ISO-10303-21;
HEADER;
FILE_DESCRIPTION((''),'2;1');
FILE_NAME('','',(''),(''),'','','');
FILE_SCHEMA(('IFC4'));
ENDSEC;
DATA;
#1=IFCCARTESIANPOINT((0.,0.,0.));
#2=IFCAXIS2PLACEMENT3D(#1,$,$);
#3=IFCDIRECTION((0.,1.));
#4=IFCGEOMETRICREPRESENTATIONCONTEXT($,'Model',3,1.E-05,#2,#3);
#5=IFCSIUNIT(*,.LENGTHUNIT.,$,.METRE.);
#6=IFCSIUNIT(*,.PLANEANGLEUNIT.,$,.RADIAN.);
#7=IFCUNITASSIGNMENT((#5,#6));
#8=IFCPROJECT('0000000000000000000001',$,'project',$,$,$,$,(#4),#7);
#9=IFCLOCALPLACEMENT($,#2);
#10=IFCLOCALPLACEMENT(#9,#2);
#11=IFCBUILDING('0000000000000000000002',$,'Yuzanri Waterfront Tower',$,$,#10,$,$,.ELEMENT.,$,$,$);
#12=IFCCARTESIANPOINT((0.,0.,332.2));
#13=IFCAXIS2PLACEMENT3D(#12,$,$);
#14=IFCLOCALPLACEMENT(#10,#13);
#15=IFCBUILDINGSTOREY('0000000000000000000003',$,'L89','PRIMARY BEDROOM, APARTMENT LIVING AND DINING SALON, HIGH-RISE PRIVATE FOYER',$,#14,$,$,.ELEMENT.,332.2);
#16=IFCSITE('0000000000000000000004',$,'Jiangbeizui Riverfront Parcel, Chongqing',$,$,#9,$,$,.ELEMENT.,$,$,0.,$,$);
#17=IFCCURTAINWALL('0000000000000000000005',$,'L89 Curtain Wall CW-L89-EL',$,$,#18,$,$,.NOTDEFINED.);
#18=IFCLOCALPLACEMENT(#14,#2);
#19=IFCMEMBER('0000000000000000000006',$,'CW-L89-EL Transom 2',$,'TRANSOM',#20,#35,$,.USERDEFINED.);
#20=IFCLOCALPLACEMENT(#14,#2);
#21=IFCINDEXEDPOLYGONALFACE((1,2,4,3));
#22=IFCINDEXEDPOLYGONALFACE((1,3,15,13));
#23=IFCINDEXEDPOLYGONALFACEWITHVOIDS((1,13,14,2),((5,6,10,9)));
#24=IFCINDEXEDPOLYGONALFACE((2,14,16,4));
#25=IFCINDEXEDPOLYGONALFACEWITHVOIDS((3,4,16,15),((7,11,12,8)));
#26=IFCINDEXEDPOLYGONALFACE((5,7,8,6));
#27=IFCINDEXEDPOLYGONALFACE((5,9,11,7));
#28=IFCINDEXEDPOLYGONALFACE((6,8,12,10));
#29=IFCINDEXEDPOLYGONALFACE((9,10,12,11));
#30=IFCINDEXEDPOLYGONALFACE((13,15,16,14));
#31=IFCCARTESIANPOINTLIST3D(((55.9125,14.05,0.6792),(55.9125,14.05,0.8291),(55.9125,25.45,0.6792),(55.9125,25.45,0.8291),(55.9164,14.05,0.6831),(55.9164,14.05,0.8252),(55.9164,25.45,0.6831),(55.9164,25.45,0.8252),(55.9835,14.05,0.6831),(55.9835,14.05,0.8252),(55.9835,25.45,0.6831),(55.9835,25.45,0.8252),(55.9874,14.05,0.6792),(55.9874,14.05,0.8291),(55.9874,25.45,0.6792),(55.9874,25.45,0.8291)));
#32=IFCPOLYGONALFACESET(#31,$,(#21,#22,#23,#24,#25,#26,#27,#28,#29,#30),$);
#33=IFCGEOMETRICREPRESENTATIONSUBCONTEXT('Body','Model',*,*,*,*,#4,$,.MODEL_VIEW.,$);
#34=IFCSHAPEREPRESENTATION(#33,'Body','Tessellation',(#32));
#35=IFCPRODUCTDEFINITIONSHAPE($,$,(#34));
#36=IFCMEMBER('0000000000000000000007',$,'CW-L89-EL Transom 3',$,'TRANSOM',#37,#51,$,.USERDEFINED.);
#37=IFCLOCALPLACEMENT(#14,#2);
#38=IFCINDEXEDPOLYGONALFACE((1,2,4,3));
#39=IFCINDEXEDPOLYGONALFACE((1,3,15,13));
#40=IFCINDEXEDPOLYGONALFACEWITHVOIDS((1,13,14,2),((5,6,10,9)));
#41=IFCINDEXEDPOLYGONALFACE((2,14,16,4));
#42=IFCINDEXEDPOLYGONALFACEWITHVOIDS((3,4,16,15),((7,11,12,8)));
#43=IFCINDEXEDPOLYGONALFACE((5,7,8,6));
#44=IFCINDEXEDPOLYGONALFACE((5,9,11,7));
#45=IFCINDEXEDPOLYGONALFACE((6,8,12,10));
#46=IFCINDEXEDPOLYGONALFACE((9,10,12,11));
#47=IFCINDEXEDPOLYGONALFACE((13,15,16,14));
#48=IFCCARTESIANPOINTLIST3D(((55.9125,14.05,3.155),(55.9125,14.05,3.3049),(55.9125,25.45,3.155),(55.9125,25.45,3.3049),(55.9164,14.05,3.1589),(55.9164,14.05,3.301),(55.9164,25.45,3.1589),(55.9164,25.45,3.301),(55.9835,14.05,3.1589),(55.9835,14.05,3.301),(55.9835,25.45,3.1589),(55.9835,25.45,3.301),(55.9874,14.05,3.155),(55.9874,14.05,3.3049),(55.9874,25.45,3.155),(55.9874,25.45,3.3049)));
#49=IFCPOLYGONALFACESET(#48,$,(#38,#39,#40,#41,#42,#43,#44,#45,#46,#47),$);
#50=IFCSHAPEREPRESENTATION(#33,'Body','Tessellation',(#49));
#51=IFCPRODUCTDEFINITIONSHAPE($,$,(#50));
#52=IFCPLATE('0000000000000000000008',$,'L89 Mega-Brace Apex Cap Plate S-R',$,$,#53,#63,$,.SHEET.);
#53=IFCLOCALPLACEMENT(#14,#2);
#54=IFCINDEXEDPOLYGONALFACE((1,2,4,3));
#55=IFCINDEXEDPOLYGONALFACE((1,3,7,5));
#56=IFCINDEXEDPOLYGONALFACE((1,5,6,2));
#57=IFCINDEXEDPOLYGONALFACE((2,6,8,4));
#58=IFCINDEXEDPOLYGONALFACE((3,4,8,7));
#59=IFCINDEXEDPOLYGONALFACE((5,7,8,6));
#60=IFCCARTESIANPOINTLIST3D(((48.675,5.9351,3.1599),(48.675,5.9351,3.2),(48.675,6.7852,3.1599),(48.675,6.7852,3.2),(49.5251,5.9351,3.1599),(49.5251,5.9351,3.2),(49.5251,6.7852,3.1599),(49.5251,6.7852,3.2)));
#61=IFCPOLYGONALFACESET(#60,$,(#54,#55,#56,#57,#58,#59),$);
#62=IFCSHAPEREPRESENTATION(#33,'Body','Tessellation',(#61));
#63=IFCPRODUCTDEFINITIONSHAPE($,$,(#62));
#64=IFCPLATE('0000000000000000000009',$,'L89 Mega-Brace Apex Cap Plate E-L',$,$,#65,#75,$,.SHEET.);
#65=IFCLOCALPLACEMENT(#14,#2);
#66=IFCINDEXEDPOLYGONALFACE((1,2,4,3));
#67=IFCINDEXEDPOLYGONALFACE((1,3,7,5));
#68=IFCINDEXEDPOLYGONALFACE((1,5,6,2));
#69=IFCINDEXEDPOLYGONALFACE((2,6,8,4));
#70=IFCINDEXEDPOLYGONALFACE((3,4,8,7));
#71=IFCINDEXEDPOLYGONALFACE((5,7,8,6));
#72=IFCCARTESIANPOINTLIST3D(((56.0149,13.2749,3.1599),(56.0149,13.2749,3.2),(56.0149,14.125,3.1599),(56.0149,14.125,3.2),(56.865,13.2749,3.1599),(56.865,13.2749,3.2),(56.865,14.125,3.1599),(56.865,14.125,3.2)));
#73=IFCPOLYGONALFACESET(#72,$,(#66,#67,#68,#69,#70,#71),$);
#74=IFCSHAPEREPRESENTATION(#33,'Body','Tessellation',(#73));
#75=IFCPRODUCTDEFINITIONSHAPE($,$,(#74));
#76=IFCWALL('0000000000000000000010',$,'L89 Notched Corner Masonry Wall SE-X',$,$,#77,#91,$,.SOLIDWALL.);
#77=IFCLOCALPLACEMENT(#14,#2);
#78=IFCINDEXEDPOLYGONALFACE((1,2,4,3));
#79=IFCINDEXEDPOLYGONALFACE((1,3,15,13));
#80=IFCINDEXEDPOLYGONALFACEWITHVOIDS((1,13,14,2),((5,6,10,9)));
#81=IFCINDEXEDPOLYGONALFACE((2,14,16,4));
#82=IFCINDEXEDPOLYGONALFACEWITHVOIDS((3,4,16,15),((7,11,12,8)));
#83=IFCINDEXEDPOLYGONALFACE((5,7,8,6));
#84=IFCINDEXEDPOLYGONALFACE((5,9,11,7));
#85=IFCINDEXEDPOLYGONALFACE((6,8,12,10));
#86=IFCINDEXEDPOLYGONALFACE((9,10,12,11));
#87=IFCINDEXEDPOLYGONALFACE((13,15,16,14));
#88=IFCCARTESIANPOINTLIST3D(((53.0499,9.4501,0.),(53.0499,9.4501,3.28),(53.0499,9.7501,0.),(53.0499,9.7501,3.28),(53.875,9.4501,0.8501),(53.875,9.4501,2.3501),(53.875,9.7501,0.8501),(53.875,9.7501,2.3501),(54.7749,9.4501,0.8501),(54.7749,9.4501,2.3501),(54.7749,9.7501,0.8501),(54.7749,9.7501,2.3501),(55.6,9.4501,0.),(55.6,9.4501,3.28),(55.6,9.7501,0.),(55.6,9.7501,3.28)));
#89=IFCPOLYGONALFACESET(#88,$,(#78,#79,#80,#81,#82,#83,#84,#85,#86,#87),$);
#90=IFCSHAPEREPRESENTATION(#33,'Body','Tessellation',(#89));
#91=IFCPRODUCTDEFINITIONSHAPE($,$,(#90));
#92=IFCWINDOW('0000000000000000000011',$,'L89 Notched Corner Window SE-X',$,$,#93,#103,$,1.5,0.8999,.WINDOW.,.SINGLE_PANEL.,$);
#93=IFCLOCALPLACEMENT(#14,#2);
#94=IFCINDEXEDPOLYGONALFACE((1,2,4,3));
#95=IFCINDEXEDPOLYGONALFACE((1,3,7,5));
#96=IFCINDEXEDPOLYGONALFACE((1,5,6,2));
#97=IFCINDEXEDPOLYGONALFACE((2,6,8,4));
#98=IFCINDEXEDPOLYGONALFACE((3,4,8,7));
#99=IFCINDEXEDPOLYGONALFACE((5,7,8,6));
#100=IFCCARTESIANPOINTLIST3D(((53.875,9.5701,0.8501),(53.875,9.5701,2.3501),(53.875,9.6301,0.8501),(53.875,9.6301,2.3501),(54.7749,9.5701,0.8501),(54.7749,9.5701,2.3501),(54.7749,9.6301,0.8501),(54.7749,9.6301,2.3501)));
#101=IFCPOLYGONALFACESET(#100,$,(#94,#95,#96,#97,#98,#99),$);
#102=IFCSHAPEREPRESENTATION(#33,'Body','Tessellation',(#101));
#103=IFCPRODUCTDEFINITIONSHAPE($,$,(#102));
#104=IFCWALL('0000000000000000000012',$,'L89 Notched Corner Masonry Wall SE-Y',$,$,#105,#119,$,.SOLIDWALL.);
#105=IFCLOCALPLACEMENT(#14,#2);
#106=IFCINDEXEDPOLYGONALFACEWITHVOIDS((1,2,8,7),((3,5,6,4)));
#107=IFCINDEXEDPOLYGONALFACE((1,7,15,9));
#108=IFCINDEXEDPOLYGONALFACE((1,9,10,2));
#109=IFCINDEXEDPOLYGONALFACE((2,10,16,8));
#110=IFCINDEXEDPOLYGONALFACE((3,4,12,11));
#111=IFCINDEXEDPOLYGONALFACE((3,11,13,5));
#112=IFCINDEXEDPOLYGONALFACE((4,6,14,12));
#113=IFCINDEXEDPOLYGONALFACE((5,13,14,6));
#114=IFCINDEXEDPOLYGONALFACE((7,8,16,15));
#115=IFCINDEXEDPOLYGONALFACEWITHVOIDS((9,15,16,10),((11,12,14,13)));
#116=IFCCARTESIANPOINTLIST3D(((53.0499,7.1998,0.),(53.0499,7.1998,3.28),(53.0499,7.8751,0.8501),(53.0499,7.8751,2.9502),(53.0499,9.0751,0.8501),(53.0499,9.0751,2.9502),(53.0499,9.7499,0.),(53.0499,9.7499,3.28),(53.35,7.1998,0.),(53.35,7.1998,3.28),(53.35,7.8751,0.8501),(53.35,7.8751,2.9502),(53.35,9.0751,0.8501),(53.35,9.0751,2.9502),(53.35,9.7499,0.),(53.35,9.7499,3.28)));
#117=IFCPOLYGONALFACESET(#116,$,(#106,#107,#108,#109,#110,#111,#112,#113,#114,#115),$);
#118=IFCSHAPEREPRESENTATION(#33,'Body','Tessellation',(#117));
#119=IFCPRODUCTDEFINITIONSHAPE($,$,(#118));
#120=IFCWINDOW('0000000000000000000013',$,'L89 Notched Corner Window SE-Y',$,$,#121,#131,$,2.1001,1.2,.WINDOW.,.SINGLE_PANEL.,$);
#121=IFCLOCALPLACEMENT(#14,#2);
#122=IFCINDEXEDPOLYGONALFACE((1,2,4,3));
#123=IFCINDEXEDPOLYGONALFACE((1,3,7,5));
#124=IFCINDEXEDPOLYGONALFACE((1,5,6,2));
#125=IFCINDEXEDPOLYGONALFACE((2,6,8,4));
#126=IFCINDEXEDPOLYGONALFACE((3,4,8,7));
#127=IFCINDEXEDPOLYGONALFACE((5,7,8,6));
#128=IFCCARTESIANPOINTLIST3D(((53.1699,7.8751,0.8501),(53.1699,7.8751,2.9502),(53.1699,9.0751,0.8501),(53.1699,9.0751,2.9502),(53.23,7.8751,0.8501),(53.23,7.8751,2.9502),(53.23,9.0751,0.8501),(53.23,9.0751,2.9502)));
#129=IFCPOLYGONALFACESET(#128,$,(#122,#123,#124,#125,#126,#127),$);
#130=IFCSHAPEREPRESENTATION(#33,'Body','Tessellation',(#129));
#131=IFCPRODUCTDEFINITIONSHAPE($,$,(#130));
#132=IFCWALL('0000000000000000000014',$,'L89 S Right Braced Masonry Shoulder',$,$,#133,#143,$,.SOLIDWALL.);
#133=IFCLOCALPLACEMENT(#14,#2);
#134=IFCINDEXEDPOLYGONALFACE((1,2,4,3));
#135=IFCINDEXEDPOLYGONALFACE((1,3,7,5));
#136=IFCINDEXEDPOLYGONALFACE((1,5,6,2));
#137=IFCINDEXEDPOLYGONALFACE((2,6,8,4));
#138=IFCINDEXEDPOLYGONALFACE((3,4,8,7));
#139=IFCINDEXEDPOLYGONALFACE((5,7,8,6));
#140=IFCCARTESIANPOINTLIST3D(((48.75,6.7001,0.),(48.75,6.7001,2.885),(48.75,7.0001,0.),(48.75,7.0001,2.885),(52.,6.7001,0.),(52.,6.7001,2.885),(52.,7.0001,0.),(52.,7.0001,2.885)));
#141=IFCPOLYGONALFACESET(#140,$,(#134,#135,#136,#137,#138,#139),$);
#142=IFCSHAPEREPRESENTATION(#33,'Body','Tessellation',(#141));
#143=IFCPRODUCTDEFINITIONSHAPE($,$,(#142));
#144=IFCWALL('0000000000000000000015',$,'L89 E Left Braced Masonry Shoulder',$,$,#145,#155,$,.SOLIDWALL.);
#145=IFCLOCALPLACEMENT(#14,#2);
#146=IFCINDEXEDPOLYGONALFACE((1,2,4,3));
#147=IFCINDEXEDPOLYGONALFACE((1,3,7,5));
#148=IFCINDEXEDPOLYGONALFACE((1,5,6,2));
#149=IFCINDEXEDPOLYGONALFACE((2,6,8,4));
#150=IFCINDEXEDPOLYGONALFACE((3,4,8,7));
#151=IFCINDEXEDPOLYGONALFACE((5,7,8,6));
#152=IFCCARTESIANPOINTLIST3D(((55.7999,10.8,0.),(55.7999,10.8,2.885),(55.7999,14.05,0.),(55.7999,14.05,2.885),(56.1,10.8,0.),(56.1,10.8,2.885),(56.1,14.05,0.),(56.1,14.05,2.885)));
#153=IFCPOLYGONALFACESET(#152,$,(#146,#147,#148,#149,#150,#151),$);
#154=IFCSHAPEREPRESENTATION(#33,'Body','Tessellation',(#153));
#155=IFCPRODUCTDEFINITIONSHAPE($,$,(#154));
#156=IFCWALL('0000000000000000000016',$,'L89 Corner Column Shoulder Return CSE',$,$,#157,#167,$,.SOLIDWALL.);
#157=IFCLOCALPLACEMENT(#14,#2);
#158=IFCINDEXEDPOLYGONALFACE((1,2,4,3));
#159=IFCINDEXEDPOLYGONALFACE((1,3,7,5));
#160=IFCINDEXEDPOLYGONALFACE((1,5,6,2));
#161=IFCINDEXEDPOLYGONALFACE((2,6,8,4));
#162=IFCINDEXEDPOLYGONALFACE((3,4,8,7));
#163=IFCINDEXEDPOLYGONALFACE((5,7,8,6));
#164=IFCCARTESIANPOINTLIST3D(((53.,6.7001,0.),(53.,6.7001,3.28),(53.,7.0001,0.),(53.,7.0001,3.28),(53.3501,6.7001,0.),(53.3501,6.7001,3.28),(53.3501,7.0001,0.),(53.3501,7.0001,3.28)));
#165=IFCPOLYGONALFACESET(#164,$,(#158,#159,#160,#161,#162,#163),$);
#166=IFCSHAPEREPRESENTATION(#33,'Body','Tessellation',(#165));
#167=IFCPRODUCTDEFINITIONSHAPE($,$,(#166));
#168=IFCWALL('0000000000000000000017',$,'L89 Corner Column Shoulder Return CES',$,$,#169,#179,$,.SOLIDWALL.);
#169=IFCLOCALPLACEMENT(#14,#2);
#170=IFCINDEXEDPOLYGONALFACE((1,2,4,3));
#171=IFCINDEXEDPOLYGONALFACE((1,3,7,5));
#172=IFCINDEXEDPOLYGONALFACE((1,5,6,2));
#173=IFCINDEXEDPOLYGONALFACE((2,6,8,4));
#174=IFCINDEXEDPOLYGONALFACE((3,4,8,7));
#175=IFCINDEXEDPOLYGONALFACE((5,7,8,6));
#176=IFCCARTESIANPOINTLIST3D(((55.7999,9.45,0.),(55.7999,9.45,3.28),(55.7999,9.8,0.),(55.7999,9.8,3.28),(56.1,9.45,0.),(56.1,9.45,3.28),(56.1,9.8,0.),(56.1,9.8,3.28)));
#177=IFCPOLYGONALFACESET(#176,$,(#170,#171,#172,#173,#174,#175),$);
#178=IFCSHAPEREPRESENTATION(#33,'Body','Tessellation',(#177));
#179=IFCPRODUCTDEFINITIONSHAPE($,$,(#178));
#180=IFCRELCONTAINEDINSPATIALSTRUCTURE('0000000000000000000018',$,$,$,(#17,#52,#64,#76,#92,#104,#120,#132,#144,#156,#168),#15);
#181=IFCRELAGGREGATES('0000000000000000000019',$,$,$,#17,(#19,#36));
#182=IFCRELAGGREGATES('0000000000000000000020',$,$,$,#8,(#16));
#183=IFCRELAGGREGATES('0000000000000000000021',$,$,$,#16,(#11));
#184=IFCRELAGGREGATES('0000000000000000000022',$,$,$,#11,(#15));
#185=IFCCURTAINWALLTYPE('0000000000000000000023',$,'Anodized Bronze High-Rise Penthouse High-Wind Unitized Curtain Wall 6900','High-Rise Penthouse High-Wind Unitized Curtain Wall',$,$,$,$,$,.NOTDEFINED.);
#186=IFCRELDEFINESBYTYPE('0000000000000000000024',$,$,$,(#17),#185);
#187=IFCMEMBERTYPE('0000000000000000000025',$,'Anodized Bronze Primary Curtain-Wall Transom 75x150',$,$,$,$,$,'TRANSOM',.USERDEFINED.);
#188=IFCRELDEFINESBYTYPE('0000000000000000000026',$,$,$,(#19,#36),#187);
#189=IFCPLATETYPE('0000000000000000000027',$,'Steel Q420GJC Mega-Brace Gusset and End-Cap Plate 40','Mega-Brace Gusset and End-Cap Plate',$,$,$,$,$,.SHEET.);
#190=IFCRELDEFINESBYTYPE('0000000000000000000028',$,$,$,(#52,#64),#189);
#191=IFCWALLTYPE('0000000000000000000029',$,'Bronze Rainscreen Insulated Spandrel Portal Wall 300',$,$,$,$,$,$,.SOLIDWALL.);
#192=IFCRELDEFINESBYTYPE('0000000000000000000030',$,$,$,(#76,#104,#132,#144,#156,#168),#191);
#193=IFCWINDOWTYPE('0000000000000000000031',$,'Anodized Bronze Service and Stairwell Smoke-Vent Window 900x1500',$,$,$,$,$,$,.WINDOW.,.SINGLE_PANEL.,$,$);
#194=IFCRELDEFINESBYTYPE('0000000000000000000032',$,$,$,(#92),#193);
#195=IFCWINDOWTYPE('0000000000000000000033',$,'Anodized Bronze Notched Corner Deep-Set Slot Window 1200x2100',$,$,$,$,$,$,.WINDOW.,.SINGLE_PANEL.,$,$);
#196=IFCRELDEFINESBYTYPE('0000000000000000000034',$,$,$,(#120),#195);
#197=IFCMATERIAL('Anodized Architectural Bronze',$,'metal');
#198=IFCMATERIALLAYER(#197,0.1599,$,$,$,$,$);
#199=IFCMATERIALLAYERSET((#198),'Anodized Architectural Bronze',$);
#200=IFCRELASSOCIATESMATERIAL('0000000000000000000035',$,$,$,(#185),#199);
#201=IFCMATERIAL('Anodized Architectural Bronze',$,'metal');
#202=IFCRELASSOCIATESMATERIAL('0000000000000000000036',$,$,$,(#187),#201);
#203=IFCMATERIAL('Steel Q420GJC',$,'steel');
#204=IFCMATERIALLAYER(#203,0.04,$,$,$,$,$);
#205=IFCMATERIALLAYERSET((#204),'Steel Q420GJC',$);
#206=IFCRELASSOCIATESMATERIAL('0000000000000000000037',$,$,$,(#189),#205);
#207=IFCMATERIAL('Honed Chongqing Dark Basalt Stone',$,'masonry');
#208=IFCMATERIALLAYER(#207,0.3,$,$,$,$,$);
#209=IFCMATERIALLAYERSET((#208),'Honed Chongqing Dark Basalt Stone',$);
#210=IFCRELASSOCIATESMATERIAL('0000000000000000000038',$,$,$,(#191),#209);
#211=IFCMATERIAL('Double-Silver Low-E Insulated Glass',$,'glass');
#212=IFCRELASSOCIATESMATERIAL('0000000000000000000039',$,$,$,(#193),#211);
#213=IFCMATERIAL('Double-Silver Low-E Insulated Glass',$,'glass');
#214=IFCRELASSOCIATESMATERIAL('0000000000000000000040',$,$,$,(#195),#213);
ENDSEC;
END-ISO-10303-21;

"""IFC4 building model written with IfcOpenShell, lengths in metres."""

from ifc_helpers import new_model, si_unit, direction, frame, frame_2d, origin, origin_2d, place, context, subcontext, project, spatial, rectangle, hollow_rectangle, extrude, source, transform, mapped, material, layer, layer_set, material_profile, profile_set, type_object, element, fill, aggregate, save


model = new_model("IFC4")

# Units and contexts
model_context = context("Model", 3, precision=1e-05, world=origin(), true_north=direction((0.0, 1.0)))
body_context = subcontext(model_context, "Body", "Model", "MODEL_VIEW")
ifc_project = project(units=[si_unit("LENGTHUNIT", "METRE"), si_unit("PLANEANGLEUNIT", "RADIAN")], contexts=[model_context])

# Site, building, storey
site_placement = place(None, origin())
site = spatial("IfcSite", under=ifc_project, at=site_placement, Name="Jiangbeizui Riverfront Parcel, Chongqing", CompositionType="ELEMENT", RefElevation=0.0)
building_placement = place(site_placement, origin())
building = spatial("IfcBuilding", under=site, at=building_placement, Name="Yuzanri Waterfront Tower", CompositionType="ELEMENT")
storey_placement = place(building_placement, frame((0.0, 0.0, 332.2)))
storey = spatial("IfcBuildingStorey", under=building, at=storey_placement, Name="L89", Description="PRIMARY BEDROOM, APARTMENT LIVING AND DINING SALON, HIGH-RISE PRIVATE FOYER", CompositionType="ELEMENT", Elevation=332.2)

# Curtain wall
ifc_material_1 = material(Name="Anodized Architectural Bronze", Category="metal")
ifc_layer_1 = layer(ifc_material_1, 0.1599)
ifc_layer_set_1 = layer_set([ifc_layer_1], Name="Anodized Architectural Bronze")
curtain_wall_type = type_object("IfcCurtainWallType", Name="Anodized Bronze High-Rise Penthouse High-Wind Unitized Curtain Wall 6900", Description="High-Rise Penthouse High-Wind Unitized Curtain Wall", PredefinedType="NOTDEFINED", material=ifc_layer_set_1)
curtain_wall_1_placement = place(storey_placement, origin())
curtain_wall_1 = element("IfcCurtainWall", 1, at=curtain_wall_1_placement, inside=storey, type_object=curtain_wall_type, Name="L89 Curtain Wall CW-L89-EL", PredefinedType="NOTDEFINED")

# Members
ifc_material_2 = material(Name="Anodized Architectural Bronze", Category="metal")
ifc_material_profile_1 = material_profile(ifc_material_2, hollow_rectangle(XDim=0.075, YDim=0.1499, WallThickness=0.0039, at=origin_2d()), Name="CWT 75x150")
ifc_profile_set_1 = profile_set([ifc_material_profile_1], Name="Anodized Architectural Bronze")
member_type_1 = type_object("IfcMemberType", Name="Anodized Bronze Primary Curtain-Wall Transom 75x150", ElementType="TRANSOM", PredefinedType="USERDEFINED", material=ifc_profile_set_1)
shared_shape_1 = source(origin(), body_context, "Body", "SweptSolid", [
    extrude(hollow_rectangle(XDim=0.075, YDim=0.1499, WallThickness=0.0039, at=origin_2d()), origin(), (0.0, 0.0, 1.0), 11.3999),
])
member_1_placement = place(storey_placement, frame((55.95, 14.05, 0.7542), z_axis=(0.0, 1.0, 0.0), x_axis=(-1.0, 0.0, 0.0)))
member_1 = element("IfcMember", 2, at=member_1_placement, type_object=member_type_1, Name="CW-L89-EL Transom 2", ObjectType="TRANSOM", PredefinedType="USERDEFINED", context=body_context, shape_type="MappedRepresentation", body=[
    mapped(shared_shape_1, transform((0.0, 0.0, 0.0), scale=1.0)),
])
member_2_placement = place(storey_placement, frame((55.95, 14.05, 3.23), z_axis=(0.0, 1.0, 0.0), x_axis=(-1.0, 0.0, 0.0)))
member_2 = element("IfcMember", 3, at=member_2_placement, type_object=member_type_1, Name="CW-L89-EL Transom 3", ObjectType="TRANSOM", PredefinedType="USERDEFINED", context=body_context, shape_type="MappedRepresentation", body=[
    mapped(shared_shape_1, transform((0.0, 0.0, 0.0), scale=1.0)),
])
aggregate(curtain_wall_1, [member_1, member_2])

# Plates
ifc_material_3 = material(Name="Steel Q420GJC", Category="steel")
ifc_layer_2 = layer(ifc_material_3, 0.04)
ifc_layer_set_2 = layer_set([ifc_layer_2], Name="Steel Q420GJC")
plate_type = type_object("IfcPlateType", Name="Steel Q420GJC Mega-Brace Gusset and End-Cap Plate 40", Description="Mega-Brace Gusset and End-Cap Plate", PredefinedType="SHEET", material=ifc_layer_set_2)
shared_shape_2 = source(origin(), body_context, "Body", "SweptSolid", [
    extrude(rectangle(XDim=0.8501, YDim=0.8501, at=origin_2d()), origin(), (0.0, 0.0, 1.0), 0.04),
])
for number, where, z_axis, x_axis, name in (
    (4, (49.1001, 6.3601, 3.1599), (0.0, 0.0, 1.0), (1.0, 0.0, 0.0), "L89 Mega-Brace Apex Cap Plate S-R"),
    (5, (56.4399, 13.7, 3.1599), (0.0, 0.0, 1.0), (1.0, 0.0, 0.0), "L89 Mega-Brace Apex Cap Plate E-L"),
):
    element("IfcPlate", number, at=place(storey_placement, frame(where, z_axis=z_axis, x_axis=x_axis)), inside=storey, type_object=plate_type, Name=name, PredefinedType="SHEET", context=body_context, shape_type="MappedRepresentation", body=[
        mapped(shared_shape_2, transform((0.0, 0.0, 0.0), scale=1.0)),
    ])

# Walls, openings, windows
ifc_material_4 = material(Name="Honed Chongqing Dark Basalt Stone", Category="masonry")
ifc_layer_3 = layer(ifc_material_4, 0.3)
ifc_layer_set_3 = layer_set([ifc_layer_3], Name="Honed Chongqing Dark Basalt Stone")
wall_type_1 = type_object("IfcWallType", Name="Bronze Rainscreen Insulated Spandrel Portal Wall 300", PredefinedType="SOLIDWALL", material=ifc_layer_set_3)
wall_1_placement = place(storey_placement, frame((53.05, 9.6001, 0.0), z_axis=(0.0, 0.0, 1.0), x_axis=(1.0, 0.0, 0.0)))
wall_1 = element("IfcWall", 6, at=wall_1_placement, inside=storey, type_object=wall_type_1, Name="L89 Notched Corner Masonry Wall SE-X", PredefinedType="SOLIDWALL", context=body_context, shape_type="SweptSolid", body=[
    extrude(rectangle(XDim=2.55, YDim=0.3, at=frame_2d((1.2749, 0.0))), origin(), (0.0, 0.0, 1.0), 3.28),
])
opening_1_placement = place(wall_1_placement, frame((0.825, 0.0, 0.8501)))
opening_1 = element("IfcOpeningElement", 7, at=opening_1_placement, cuts=wall_1, PredefinedType="OPENING", context=body_context, shape_type="SweptSolid", body=[
    extrude(rectangle(XDim=0.8999, YDim=1.5, at=frame_2d((0.45, 0.75))), frame((0.0, 0.165, 0.0), z_axis=(0.0, -1.0, 0.0), x_axis=(1.0, 0.0, 0.0)), (0.0, 0.0, 1.0), 0.3298),
])
ifc_material_5 = material(Name="Double-Silver Low-E Insulated Glass", Category="glass")
window_type_1 = type_object("IfcWindowType", Name="Anodized Bronze Service and Stairwell Smoke-Vent Window 900x1500", PartitioningType="SINGLE_PANEL", PredefinedType="WINDOW", material=ifc_material_5)
shared_shape_3 = source(origin(), body_context, "Body", "SweptSolid", [
    extrude(rectangle(XDim=0.8999, YDim=1.5, at=frame_2d((0.45, 0.75))), frame((0.0, 0.03, 0.0), z_axis=(0.0, -1.0, 0.0), x_axis=(1.0, 0.0, 0.0)), (0.0, 0.0, 1.0), 0.0601),
])
window_1_placement = place(opening_1_placement, origin())
window_1 = element("IfcWindow", 8, at=window_1_placement, inside=storey, type_object=window_type_1, Name="L89 Notched Corner Window SE-X", OverallHeight=1.5, OverallWidth=0.8999, PartitioningType="SINGLE_PANEL", PredefinedType="WINDOW", context=body_context, shape_type="MappedRepresentation", body=[
    mapped(shared_shape_3, transform((0.0, 0.0, 0.0), scale=1.0)),
])
fill(opening_1, window_1)
wall_2_placement = place(storey_placement, frame((53.2, 7.2, 0.0), z_axis=(0.0, 0.0, 1.0), x_axis=(0.0, 1.0, 0.0)))
wall_2 = element("IfcWall", 9, at=wall_2_placement, inside=storey, type_object=wall_type_1, Name="L89 Notched Corner Masonry Wall SE-Y", PredefinedType="SOLIDWALL", context=body_context, shape_type="SweptSolid", body=[
    extrude(rectangle(XDim=2.55, YDim=0.3, at=frame_2d((1.2749, 0.0))), origin(), (0.0, 0.0, 1.0), 3.28),
])
opening_2_placement = place(wall_2_placement, frame((0.675, 0.0, 0.8501)))
opening_2 = element("IfcOpeningElement", 10, at=opening_2_placement, cuts=wall_2, PredefinedType="OPENING", context=body_context, shape_type="SweptSolid", body=[
    extrude(rectangle(XDim=1.2, YDim=2.1001, at=frame_2d((0.6001, 1.05))), frame((0.0, 0.165, 0.0), z_axis=(0.0, -1.0, 0.0), x_axis=(1.0, 0.0, 0.0)), (0.0, 0.0, 1.0), 0.3298),
])
ifc_material_6 = material(Name="Double-Silver Low-E Insulated Glass", Category="glass")
window_type_2 = type_object("IfcWindowType", Name="Anodized Bronze Notched Corner Deep-Set Slot Window 1200x2100", PartitioningType="SINGLE_PANEL", PredefinedType="WINDOW", material=ifc_material_6)
shared_shape_4 = source(origin(), body_context, "Body", "SweptSolid", [
    extrude(rectangle(XDim=1.2, YDim=2.1001, at=frame_2d((0.6001, 1.05))), frame((0.0, 0.03, 0.0), z_axis=(0.0, -1.0, 0.0), x_axis=(1.0, 0.0, 0.0)), (0.0, 0.0, 1.0), 0.0601),
])
window_2_placement = place(opening_2_placement, origin())
window_2 = element("IfcWindow", 11, at=window_2_placement, inside=storey, type_object=window_type_2, Name="L89 Notched Corner Window SE-Y", OverallHeight=2.1001, OverallWidth=1.2, PartitioningType="SINGLE_PANEL", PredefinedType="WINDOW", context=body_context, shape_type="MappedRepresentation", body=[
    mapped(shared_shape_4, transform((0.0, 0.0, 0.0), scale=1.0)),
])
fill(opening_2, window_2)

# Walls
shared_shape_5 = source(origin(), body_context, "Body", "SweptSolid", [
    extrude(rectangle(XDim=3.25, YDim=0.3, at=frame_2d((1.625, 0.0))), origin(), (0.0, 0.0, 1.0), 2.885),
])
for number, where, z_axis, x_axis, name in (
    (12, (48.75, 6.8501, 0.0), (0.0, 0.0, 1.0), (1.0, 0.0, 0.0), "L89 S Right Braced Masonry Shoulder"),
    (13, (55.95, 10.8, 0.0), (0.0, 0.0, 1.0), (0.0, 1.0, 0.0), "L89 E Left Braced Masonry Shoulder"),
):
    element("IfcWall", number, at=place(storey_placement, frame(where, z_axis=z_axis, x_axis=x_axis)), inside=storey, type_object=wall_type_1, Name=name, PredefinedType="SOLIDWALL", context=body_context, shape_type="MappedRepresentation", body=[
        mapped(shared_shape_5, transform((0.0, 0.0, 0.0), scale=1.0)),
    ])
shared_shape_6 = source(origin(), body_context, "Body", "SweptSolid", [
    extrude(rectangle(XDim=0.3501, YDim=0.3, at=frame_2d((0.175, 0.0))), origin(), (0.0, 0.0, 1.0), 3.28),
])
for number, where, z_axis, x_axis, name in (
    (14, (53.0, 6.8501, 0.0), (0.0, 0.0, 1.0), (1.0, 0.0, 0.0), "L89 Corner Column Shoulder Return CSE"),
    (15, (55.95, 9.45, 0.0), (0.0, 0.0, 1.0), (0.0, 1.0, 0.0), "L89 Corner Column Shoulder Return CES"),
):
    element("IfcWall", number, at=place(storey_placement, frame(where, z_axis=z_axis, x_axis=x_axis)), inside=storey, type_object=wall_type_1, Name=name, PredefinedType="SOLIDWALL", context=body_context, shape_type="MappedRepresentation", body=[
        mapped(shared_shape_6, transform((0.0, 0.0, 0.0), scale=1.0)),
    ])

save(model, "model.ifc")
